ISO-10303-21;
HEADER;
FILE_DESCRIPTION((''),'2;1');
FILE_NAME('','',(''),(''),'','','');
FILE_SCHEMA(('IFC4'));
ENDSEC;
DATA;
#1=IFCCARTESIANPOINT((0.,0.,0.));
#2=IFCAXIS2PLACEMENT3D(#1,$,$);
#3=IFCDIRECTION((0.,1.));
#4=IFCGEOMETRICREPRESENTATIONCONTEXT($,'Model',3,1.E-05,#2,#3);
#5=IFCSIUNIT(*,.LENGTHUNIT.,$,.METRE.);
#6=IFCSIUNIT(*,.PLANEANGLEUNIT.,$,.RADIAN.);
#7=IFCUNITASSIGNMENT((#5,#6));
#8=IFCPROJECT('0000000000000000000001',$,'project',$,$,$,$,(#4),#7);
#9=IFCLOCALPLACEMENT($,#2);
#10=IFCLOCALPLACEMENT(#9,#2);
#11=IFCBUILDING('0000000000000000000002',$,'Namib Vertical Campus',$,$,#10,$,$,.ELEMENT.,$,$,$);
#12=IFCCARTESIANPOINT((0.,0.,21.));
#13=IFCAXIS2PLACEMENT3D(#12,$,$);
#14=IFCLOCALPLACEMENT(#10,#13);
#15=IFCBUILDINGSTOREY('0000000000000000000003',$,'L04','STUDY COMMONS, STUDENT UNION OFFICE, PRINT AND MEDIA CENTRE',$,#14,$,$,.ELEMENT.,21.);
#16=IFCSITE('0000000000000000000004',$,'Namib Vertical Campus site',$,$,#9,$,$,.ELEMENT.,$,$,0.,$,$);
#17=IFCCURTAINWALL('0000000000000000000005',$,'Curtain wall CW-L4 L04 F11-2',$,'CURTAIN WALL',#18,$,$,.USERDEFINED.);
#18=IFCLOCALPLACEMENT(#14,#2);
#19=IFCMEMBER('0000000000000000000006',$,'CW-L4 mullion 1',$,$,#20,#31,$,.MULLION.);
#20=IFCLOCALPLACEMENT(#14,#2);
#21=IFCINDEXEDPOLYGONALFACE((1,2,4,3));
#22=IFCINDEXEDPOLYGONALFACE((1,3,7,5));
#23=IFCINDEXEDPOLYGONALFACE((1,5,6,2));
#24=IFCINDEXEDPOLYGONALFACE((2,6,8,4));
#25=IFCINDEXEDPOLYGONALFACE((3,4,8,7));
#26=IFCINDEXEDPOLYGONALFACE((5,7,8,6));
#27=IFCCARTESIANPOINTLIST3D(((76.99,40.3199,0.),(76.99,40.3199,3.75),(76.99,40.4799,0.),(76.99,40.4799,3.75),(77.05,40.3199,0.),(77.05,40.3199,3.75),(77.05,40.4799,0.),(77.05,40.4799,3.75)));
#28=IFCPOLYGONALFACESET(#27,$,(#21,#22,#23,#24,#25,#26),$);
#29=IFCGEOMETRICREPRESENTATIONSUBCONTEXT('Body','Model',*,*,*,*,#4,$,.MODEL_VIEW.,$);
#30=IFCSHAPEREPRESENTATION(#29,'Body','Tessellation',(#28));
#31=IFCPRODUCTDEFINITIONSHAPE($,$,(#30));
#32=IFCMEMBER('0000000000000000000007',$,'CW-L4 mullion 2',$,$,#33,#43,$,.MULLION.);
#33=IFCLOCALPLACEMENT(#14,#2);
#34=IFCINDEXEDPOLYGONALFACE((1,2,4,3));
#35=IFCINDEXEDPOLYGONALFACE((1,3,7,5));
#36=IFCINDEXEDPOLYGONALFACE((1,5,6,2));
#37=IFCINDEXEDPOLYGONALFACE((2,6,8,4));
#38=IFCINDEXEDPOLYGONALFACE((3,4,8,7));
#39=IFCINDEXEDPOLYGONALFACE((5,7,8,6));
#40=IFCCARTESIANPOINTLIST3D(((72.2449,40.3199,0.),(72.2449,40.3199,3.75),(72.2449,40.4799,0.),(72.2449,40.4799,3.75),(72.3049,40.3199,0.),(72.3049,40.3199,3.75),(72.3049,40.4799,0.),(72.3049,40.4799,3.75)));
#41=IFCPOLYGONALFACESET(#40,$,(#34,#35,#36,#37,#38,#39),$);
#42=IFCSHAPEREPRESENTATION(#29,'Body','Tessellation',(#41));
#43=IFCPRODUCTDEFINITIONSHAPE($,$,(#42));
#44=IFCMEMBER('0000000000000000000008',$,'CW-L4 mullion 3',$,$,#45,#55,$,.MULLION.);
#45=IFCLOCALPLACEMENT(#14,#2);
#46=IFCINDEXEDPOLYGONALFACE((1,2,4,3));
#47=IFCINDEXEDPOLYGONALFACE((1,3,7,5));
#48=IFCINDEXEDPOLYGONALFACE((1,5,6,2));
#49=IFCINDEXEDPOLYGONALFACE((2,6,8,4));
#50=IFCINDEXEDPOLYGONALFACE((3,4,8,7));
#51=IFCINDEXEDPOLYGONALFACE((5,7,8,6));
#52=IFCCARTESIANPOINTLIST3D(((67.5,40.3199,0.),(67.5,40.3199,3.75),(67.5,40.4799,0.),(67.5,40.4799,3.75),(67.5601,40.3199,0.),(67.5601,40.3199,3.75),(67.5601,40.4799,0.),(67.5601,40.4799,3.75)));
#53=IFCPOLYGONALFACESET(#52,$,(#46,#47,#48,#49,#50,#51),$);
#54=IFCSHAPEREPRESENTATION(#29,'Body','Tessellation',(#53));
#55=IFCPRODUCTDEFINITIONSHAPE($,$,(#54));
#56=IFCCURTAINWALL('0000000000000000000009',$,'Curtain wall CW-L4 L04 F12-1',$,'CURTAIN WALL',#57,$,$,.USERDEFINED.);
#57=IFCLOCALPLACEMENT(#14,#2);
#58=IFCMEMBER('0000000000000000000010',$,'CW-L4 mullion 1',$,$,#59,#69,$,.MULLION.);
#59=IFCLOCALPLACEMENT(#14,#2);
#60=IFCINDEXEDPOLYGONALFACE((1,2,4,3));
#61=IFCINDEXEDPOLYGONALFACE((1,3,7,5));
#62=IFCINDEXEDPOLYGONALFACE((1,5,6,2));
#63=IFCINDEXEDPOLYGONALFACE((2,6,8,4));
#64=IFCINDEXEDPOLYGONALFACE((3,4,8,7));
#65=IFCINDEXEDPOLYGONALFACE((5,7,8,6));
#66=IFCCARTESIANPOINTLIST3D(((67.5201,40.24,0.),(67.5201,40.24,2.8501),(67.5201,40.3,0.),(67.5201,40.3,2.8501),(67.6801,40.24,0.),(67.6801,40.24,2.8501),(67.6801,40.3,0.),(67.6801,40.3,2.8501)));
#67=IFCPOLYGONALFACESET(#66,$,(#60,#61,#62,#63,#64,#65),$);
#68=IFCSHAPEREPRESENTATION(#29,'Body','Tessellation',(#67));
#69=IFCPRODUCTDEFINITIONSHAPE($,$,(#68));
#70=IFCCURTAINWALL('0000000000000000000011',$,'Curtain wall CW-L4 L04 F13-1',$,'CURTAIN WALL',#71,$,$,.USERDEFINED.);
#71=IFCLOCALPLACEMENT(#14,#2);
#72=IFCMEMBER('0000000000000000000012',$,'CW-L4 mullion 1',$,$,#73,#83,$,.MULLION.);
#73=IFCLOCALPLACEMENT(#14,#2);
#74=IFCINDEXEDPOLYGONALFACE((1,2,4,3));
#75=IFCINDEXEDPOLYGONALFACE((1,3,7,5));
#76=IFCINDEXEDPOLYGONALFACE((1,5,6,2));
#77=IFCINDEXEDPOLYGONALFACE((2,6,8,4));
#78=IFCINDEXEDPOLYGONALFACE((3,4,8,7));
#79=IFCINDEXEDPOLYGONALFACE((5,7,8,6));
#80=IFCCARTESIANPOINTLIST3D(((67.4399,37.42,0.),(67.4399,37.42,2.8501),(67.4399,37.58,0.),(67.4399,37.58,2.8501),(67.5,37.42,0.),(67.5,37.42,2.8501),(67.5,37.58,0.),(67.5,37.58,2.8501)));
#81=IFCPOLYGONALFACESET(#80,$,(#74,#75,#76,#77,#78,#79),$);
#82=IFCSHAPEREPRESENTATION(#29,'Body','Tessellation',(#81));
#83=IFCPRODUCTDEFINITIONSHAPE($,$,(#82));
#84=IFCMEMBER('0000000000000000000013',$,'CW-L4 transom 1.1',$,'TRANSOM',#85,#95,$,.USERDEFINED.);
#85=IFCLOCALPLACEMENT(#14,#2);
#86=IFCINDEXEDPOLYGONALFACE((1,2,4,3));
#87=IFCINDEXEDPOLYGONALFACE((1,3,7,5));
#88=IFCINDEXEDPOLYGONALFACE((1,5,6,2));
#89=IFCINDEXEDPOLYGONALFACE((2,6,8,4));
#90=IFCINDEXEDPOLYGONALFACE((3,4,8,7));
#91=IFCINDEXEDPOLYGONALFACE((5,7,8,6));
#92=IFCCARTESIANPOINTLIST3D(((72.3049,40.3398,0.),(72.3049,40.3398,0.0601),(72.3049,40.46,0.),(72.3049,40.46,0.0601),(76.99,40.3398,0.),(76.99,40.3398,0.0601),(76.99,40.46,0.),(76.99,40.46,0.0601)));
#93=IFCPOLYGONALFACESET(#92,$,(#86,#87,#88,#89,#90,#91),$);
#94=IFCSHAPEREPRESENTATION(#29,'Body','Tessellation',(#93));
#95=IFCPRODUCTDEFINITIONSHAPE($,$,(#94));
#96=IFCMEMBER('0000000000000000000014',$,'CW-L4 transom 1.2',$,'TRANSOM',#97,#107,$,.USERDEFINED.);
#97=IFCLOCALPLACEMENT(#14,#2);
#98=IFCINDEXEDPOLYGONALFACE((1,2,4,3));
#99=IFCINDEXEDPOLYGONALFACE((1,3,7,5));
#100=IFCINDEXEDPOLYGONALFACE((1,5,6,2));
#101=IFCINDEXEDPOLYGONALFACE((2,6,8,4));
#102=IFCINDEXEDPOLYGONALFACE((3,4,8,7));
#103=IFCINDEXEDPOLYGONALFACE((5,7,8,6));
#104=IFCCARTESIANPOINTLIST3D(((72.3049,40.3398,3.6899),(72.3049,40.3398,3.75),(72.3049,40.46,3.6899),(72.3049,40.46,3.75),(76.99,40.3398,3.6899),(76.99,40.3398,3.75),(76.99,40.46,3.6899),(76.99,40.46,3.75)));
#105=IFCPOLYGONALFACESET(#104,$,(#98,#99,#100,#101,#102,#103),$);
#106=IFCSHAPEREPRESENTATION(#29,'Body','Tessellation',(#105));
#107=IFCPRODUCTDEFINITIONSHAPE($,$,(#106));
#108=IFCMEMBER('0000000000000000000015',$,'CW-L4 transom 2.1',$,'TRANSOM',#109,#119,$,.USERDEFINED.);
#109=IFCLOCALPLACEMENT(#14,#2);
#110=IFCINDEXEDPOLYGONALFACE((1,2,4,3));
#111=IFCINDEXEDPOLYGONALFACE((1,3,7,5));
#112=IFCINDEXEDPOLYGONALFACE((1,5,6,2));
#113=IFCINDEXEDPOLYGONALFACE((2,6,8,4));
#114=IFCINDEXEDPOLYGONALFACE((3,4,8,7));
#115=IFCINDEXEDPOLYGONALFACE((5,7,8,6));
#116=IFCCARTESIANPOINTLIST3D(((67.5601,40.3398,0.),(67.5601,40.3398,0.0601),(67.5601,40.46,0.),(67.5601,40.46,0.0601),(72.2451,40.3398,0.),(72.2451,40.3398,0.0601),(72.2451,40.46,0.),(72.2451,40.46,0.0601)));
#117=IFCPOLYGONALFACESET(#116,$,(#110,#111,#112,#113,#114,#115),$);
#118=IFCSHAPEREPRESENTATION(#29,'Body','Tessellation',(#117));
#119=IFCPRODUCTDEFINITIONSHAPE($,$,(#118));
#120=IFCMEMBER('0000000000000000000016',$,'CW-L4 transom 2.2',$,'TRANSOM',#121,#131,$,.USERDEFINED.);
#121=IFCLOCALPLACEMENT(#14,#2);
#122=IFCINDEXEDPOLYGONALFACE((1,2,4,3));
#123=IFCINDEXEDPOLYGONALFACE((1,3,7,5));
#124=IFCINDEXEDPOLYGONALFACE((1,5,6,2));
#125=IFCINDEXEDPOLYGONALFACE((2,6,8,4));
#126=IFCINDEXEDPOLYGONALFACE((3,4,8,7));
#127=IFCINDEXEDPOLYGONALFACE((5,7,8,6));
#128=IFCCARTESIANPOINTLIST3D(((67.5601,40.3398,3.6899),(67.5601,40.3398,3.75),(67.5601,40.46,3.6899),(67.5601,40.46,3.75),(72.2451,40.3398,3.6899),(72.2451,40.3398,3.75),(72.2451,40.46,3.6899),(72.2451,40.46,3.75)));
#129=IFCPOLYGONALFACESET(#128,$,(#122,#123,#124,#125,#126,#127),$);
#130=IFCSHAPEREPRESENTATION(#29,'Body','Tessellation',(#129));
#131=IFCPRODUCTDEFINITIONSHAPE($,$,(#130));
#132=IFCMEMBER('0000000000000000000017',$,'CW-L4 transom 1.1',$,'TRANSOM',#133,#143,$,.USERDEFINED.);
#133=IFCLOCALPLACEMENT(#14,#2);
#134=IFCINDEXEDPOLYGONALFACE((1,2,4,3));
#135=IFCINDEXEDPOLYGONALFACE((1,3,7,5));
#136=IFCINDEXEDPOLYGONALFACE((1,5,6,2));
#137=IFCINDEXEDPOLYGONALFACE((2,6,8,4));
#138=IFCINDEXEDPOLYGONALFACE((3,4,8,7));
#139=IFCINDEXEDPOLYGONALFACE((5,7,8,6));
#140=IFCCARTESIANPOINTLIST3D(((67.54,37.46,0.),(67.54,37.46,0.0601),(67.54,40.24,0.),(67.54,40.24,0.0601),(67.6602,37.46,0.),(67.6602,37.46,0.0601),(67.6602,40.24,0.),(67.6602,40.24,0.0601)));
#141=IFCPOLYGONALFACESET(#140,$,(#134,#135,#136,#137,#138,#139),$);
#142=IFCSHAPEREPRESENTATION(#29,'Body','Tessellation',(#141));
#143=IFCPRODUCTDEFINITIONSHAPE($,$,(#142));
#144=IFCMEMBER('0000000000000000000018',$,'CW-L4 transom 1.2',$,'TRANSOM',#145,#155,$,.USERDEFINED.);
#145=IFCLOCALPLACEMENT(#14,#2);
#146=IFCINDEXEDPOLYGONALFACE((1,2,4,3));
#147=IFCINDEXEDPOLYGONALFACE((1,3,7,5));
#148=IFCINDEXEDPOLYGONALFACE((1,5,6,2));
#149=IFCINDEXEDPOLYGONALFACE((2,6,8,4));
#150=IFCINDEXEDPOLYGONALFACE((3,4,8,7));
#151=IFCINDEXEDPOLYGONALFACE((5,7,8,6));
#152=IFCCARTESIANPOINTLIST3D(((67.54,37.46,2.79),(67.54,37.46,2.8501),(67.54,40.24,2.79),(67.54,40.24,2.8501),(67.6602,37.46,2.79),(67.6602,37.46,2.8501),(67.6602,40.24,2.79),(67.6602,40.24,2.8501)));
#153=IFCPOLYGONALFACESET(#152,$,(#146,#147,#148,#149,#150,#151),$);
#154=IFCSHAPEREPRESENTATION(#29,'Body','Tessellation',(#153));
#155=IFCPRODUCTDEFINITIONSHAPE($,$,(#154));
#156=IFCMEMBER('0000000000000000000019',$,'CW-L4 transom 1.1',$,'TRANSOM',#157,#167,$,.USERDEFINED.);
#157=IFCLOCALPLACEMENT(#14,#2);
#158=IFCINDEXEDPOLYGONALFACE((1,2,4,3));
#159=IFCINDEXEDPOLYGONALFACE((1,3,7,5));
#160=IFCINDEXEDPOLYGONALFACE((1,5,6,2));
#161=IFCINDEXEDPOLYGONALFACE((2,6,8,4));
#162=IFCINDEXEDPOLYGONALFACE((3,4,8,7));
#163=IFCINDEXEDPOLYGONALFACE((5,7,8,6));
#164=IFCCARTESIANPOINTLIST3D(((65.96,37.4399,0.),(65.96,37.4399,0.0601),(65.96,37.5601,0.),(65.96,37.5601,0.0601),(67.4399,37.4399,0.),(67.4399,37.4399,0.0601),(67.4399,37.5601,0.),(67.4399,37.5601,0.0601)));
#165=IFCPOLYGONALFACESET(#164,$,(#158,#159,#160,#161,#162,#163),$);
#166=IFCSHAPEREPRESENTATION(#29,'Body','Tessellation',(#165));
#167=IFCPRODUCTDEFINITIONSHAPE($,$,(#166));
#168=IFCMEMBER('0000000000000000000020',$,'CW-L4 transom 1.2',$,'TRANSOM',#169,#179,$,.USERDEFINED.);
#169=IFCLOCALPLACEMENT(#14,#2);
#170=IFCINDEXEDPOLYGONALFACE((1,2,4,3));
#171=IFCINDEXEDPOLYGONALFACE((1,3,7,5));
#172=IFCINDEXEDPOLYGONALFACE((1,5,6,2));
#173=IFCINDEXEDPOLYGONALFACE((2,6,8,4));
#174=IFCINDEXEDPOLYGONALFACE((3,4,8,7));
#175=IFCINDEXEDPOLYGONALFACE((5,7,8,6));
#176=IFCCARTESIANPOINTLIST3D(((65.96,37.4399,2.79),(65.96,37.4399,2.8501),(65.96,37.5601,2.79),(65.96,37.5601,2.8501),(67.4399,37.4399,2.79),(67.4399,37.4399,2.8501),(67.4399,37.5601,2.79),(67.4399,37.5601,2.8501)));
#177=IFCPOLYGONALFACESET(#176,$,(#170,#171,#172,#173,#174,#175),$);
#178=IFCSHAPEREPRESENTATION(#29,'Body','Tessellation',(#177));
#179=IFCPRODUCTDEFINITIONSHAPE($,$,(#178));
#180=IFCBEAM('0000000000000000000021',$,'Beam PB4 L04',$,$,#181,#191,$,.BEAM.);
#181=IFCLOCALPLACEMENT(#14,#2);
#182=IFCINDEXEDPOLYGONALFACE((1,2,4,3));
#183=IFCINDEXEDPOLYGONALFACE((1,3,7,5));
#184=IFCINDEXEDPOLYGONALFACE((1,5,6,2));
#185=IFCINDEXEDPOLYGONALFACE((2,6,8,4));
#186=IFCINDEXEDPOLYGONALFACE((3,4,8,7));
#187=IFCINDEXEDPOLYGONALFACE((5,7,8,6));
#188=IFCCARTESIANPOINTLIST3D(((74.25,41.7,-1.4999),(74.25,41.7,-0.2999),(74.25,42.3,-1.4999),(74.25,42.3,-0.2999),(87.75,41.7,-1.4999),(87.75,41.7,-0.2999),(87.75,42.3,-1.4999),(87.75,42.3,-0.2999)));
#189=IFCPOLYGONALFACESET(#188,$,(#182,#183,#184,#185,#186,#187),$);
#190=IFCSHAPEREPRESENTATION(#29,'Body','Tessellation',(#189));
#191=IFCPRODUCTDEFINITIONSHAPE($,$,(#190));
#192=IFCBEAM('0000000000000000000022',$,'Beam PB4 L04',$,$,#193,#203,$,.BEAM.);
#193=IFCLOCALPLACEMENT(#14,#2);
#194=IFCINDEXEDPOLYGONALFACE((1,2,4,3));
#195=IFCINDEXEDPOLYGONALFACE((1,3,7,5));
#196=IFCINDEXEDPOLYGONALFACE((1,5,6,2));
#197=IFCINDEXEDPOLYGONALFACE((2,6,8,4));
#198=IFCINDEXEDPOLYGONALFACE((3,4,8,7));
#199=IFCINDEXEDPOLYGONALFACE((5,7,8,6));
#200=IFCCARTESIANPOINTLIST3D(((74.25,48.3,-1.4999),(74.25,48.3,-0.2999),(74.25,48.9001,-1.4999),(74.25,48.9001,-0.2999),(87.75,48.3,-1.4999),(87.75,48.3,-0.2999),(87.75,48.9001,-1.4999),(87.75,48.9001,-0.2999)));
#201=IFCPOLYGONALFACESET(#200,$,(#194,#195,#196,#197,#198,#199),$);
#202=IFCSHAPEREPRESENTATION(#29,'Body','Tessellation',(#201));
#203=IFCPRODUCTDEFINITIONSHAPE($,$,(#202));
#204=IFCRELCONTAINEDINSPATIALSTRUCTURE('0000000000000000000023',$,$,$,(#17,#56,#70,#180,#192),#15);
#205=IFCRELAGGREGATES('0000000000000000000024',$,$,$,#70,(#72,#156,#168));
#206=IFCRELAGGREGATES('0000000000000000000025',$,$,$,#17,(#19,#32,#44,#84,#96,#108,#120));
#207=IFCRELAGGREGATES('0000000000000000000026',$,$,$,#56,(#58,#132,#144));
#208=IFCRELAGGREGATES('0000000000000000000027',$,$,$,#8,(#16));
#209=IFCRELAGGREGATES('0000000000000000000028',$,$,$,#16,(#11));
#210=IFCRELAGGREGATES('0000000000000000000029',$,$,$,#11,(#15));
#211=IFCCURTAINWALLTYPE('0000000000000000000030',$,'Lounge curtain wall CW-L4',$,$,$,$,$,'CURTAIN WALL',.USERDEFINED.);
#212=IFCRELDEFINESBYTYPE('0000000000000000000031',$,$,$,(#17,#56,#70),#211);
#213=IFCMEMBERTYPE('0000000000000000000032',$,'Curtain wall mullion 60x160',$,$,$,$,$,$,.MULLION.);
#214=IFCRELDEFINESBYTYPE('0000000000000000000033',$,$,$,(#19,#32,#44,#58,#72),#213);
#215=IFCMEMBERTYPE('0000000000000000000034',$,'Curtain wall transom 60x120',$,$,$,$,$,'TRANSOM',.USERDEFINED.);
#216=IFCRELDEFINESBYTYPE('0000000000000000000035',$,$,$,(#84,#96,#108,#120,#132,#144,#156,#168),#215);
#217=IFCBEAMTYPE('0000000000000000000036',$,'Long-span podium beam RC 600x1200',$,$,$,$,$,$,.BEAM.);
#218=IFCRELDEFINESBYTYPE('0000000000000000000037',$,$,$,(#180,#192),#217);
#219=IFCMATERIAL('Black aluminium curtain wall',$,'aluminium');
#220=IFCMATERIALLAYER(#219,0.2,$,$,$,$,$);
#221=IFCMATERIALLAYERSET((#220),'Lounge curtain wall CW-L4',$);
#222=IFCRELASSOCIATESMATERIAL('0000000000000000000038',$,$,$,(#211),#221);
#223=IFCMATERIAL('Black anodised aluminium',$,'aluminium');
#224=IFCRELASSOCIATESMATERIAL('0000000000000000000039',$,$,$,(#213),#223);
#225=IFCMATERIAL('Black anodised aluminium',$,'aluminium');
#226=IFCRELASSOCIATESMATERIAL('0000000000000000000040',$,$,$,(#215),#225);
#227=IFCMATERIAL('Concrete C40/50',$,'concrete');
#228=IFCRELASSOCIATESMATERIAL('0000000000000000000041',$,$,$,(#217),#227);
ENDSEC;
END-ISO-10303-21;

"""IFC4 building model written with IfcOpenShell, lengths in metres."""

from ifc_helpers import new_model, si_unit, direction, frame, origin, origin_2d, place, context, subcontext, project, spatial, rectangle, extrude, material, layer, layer_set, material_profile, profile_set, type_object, element, aggregate, save


model = new_model("IFC4")

# Units and contexts
model_context = context("Model", 3, precision=1e-05, world=origin(), true_north=direction((0.0, 1.0)))
body_context = subcontext(model_context, "Body", "Model", "MODEL_VIEW")
ifc_project = project(units=[si_unit("LENGTHUNIT", "METRE"), si_unit("PLANEANGLEUNIT", "RADIAN")], contexts=[model_context])

# Site, building, storey
site_placement = place(None, origin())
site = spatial("IfcSite", under=ifc_project, at=site_placement, Name="Namib Vertical Campus site", CompositionType="ELEMENT", RefElevation=0.0)
building_placement = place(site_placement, origin())
building = spatial("IfcBuilding", under=site, at=building_placement, Name="Namib Vertical Campus", CompositionType="ELEMENT")
storey_placement = place(building_placement, frame((0.0, 0.0, 21.0)))
storey = spatial("IfcBuildingStorey", under=building, at=storey_placement, Name="L04", Description="STUDY COMMONS, STUDENT UNION OFFICE, PRINT AND MEDIA CENTRE", CompositionType="ELEMENT", Elevation=21.0)

# Curtain wall, members
ifc_material_1 = material(Name="Black aluminium curtain wall", Category="aluminium")
ifc_layer_1 = layer(ifc_material_1, 0.2)
ifc_layer_set_1 = layer_set([ifc_layer_1], Name="Lounge curtain wall CW-L4")
curtain_wall_type = type_object("IfcCurtainWallType", Name="Lounge curtain wall CW-L4", ElementType="CURTAIN WALL", PredefinedType="USERDEFINED", material=ifc_layer_set_1)
curtain_wall_1_placement = place(storey_placement, origin())
curtain_wall_1 = element("IfcCurtainWall", 1, at=curtain_wall_1_placement, inside=storey, type_object=curtain_wall_type, Name="Curtain wall CW-L4 L04 F11-2", ObjectType="CURTAIN WALL", PredefinedType="USERDEFINED")
ifc_material_2 = material(Name="Black anodised aluminium", Category="aluminium")
ifc_material_profile_1 = material_profile(ifc_material_2, rectangle(XDim=0.0601, YDim=0.1599, at=origin_2d()))
ifc_profile_set_1 = profile_set([ifc_material_profile_1], Name="Black anodised aluminium")
member_type_1 = type_object("IfcMemberType", Name="Curtain wall mullion 60x160", PredefinedType="MULLION", material=ifc_profile_set_1)
member_1_placement = place(storey_placement, frame((77.02, 40.3999, 0.0), z_axis=(0.0, 0.0, 1.0), x_axis=(-1.0, 0.0, 0.0)))
member_1 = element("IfcMember", 2, at=member_1_placement, type_object=member_type_1, Name="CW-L4 mullion 1", PredefinedType="MULLION", context=body_context, shape_type="SweptSolid", body=[
    extrude(rectangle(XDim=0.0601, YDim=0.1599, at=origin_2d()), origin(), (0.0, 0.0, 1.0), 3.75),
])
member_2_placement = place(storey_placement, frame((72.2749, 40.3999, 0.0), z_axis=(0.0, 0.0, 1.0), x_axis=(-1.0, 0.0, 0.0)))
member_2 = element("IfcMember", 3, at=member_2_placement, type_object=member_type_1, Name="CW-L4 mullion 2", PredefinedType="MULLION", context=body_context, shape_type="SweptSolid", body=[
    extrude(rectangle(XDim=0.0601, YDim=0.1599, at=origin_2d()), origin(), (0.0, 0.0, 1.0), 3.75),
])
member_3_placement = place(storey_placement, frame((67.53, 40.3999, 0.0), z_axis=(0.0, 0.0, 1.0), x_axis=(-1.0, 0.0, 0.0)))
member_3 = element("IfcMember", 4, at=member_3_placement, type_object=member_type_1, Name="CW-L4 mullion 3", PredefinedType="MULLION", context=body_context, shape_type="SweptSolid", body=[
    extrude(rectangle(XDim=0.0601, YDim=0.1599, at=origin_2d()), origin(), (0.0, 0.0, 1.0), 3.75),
])

# Curtain walls, members
curtain_wall_2_placement = place(storey_placement, origin())
curtain_wall_2 = element("IfcCurtainWall", 5, at=curtain_wall_2_placement, inside=storey, type_object=curtain_wall_type, Name="Curtain wall CW-L4 L04 F12-1", ObjectType="CURTAIN WALL", PredefinedType="USERDEFINED")
member_4_placement = place(storey_placement, frame((67.6001, 40.27, 0.0), z_axis=(0.0, 0.0, 1.0), x_axis=(0.0, -1.0, 0.0)))
member_4 = element("IfcMember", 6, at=member_4_placement, type_object=member_type_1, Name="CW-L4 mullion 1", PredefinedType="MULLION", context=body_context, shape_type="SweptSolid", body=[
    extrude(rectangle(XDim=0.0601, YDim=0.1599, at=origin_2d()), origin(), (0.0, 0.0, 1.0), 2.8501),
])
curtain_wall_3_placement = place(storey_placement, origin())
curtain_wall_3 = element("IfcCurtainWall", 7, at=curtain_wall_3_placement, inside=storey, type_object=curtain_wall_type, Name="Curtain wall CW-L4 L04 F13-1", ObjectType="CURTAIN WALL", PredefinedType="USERDEFINED")
member_5_placement = place(storey_placement, frame((67.47, 37.5, 0.0), z_axis=(0.0, 0.0, 1.0), x_axis=(-1.0, 0.0, 0.0)))
member_5 = element("IfcMember", 8, at=member_5_placement, type_object=member_type_1, Name="CW-L4 mullion 1", PredefinedType="MULLION", context=body_context, shape_type="SweptSolid", body=[
    extrude(rectangle(XDim=0.0601, YDim=0.1599, at=origin_2d()), origin(), (0.0, 0.0, 1.0), 2.8501),
])

# Members
ifc_material_3 = material(Name="Black anodised aluminium", Category="aluminium")
ifc_material_profile_2 = material_profile(ifc_material_3, rectangle(XDim=0.0601, YDim=0.1201, at=origin_2d()))
ifc_profile_set_2 = profile_set([ifc_material_profile_2], Name="Black anodised aluminium")
member_type_2 = type_object("IfcMemberType", Name="Curtain wall transom 60x120", ElementType="TRANSOM", PredefinedType="USERDEFINED", material=ifc_profile_set_2)
member_6_placement = place(storey_placement, frame((76.99, 40.3999, 0.03), z_axis=(-1.0, 0.0, 0.0), x_axis=(0.0, 0.0, 1.0)))
member_6 = element("IfcMember", 9, at=member_6_placement, type_object=member_type_2, Name="CW-L4 transom 1.1", ObjectType="TRANSOM", PredefinedType="USERDEFINED", context=body_context, shape_type="SweptSolid", body=[
    extrude(rectangle(XDim=0.0601, YDim=0.1201, at=origin_2d()), origin(), (0.0, 0.0, 1.0), 4.6851),
])
member_7_placement = place(storey_placement, frame((76.99, 40.3999, 3.72), z_axis=(-1.0, 0.0, 0.0), x_axis=(0.0, 0.0, 1.0)))
member_7 = element("IfcMember", 10, at=member_7_placement, type_object=member_type_2, Name="CW-L4 transom 1.2", ObjectType="TRANSOM", PredefinedType="USERDEFINED", context=body_context, shape_type="SweptSolid", body=[
    extrude(rectangle(XDim=0.0601, YDim=0.1201, at=origin_2d()), origin(), (0.0, 0.0, 1.0), 4.6851),
])
member_8_placement = place(storey_placement, frame((72.2451, 40.3999, 0.03), z_axis=(-1.0, 0.0, 0.0), x_axis=(0.0, 0.0, 1.0)))
member_8 = element("IfcMember", 11, at=member_8_placement, type_object=member_type_2, Name="CW-L4 transom 2.1", ObjectType="TRANSOM", PredefinedType="USERDEFINED", context=body_context, shape_type="SweptSolid", body=[
    extrude(rectangle(XDim=0.0601, YDim=0.1201, at=origin_2d()), origin(), (0.0, 0.0, 1.0), 4.6851),
])
member_9_placement = place(storey_placement, frame((72.2451, 40.3999, 3.72), z_axis=(-1.0, 0.0, 0.0), x_axis=(0.0, 0.0, 1.0)))
member_9 = element("IfcMember", 12, at=member_9_placement, type_object=member_type_2, Name="CW-L4 transom 2.2", ObjectType="TRANSOM", PredefinedType="USERDEFINED", context=body_context, shape_type="SweptSolid", body=[
    extrude(rectangle(XDim=0.0601, YDim=0.1201, at=origin_2d()), origin(), (0.0, 0.0, 1.0), 4.6851),
])
member_10_placement = place(storey_placement, frame((67.6001, 40.24, 0.03), z_axis=(0.0, -1.0, 0.0), x_axis=(0.0, 0.0, 1.0)))
member_10 = element("IfcMember", 13, at=member_10_placement, type_object=member_type_2, Name="CW-L4 transom 1.1", ObjectType="TRANSOM", PredefinedType="USERDEFINED", context=body_context, shape_type="SweptSolid", body=[
    extrude(rectangle(XDim=0.0601, YDim=0.1201, at=origin_2d()), origin(), (0.0, 0.0, 1.0), 2.78),
])
member_11_placement = place(storey_placement, frame((67.6001, 40.24, 2.8201), z_axis=(0.0, -1.0, 0.0), x_axis=(0.0, 0.0, 1.0)))
member_11 = element("IfcMember", 14, at=member_11_placement, type_object=member_type_2, Name="CW-L4 transom 1.2", ObjectType="TRANSOM", PredefinedType="USERDEFINED", context=body_context, shape_type="SweptSolid", body=[
    extrude(rectangle(XDim=0.0601, YDim=0.1201, at=origin_2d()), origin(), (0.0, 0.0, 1.0), 2.78),
])
member_12_placement = place(storey_placement, frame((67.4399, 37.5, 0.03), z_axis=(-1.0, 0.0, 0.0), x_axis=(0.0, 0.0, 1.0)))
member_12 = element("IfcMember", 15, at=member_12_placement, type_object=member_type_2, Name="CW-L4 transom 1.1", ObjectType="TRANSOM", PredefinedType="USERDEFINED", context=body_context, shape_type="SweptSolid", body=[
    extrude(rectangle(XDim=0.0601, YDim=0.1201, at=origin_2d()), origin(), (0.0, 0.0, 1.0), 1.48),
])
member_13_placement = place(storey_placement, frame((67.4399, 37.5, 2.8201), z_axis=(-1.0, 0.0, 0.0), x_axis=(0.0, 0.0, 1.0)))
member_13 = element("IfcMember", 16, at=member_13_placement, type_object=member_type_2, Name="CW-L4 transom 1.2", ObjectType="TRANSOM", PredefinedType="USERDEFINED", context=body_context, shape_type="SweptSolid", body=[
    extrude(rectangle(XDim=0.0601, YDim=0.1201, at=origin_2d()), origin(), (0.0, 0.0, 1.0), 1.48),
])
aggregate(curtain_wall_3, [member_5, member_12, member_13])

# Beams
ifc_material_4 = material(Name="Concrete C40/50", Category="concrete")
ifc_material_profile_3 = material_profile(ifc_material_4, rectangle(XDim=0.6001, YDim=1.2, at=origin_2d()))
ifc_profile_set_3 = profile_set([ifc_material_profile_3], Name="Concrete C40/50")
beam_type_1 = type_object("IfcBeamType", Name="Long-span podium beam RC 600x1200", PredefinedType="BEAM", material=ifc_profile_set_3)
for number, where, z_axis, x_axis, name in (
    (17, (74.25, 42.0, -0.8999), (1.0, 0.0, 0.0), (0.0, 1.0, 0.0), "Beam PB4 L04"),
    (18, (74.25, 48.6001, -0.8999), (1.0, 0.0, 0.0), (0.0, 1.0, 0.0), "Beam PB4 L04"),
):
    element("IfcBeam", number, at=place(storey_placement, frame(where, z_axis=z_axis, x_axis=x_axis)), inside=storey, type_object=beam_type_1, Name=name, PredefinedType="BEAM", context=body_context, shape_type="SweptSolid", body=[
        extrude(rectangle(XDim=0.6001, YDim=1.2, at=origin_2d()), origin(), (0.0, 0.0, 1.0), 13.5),
    ])

aggregate(curtain_wall_1, [member_1, member_2, member_3, member_6, member_7, member_8, member_9])
aggregate(curtain_wall_2, [member_4, member_10, member_11])

save(model, "model.ifc")
